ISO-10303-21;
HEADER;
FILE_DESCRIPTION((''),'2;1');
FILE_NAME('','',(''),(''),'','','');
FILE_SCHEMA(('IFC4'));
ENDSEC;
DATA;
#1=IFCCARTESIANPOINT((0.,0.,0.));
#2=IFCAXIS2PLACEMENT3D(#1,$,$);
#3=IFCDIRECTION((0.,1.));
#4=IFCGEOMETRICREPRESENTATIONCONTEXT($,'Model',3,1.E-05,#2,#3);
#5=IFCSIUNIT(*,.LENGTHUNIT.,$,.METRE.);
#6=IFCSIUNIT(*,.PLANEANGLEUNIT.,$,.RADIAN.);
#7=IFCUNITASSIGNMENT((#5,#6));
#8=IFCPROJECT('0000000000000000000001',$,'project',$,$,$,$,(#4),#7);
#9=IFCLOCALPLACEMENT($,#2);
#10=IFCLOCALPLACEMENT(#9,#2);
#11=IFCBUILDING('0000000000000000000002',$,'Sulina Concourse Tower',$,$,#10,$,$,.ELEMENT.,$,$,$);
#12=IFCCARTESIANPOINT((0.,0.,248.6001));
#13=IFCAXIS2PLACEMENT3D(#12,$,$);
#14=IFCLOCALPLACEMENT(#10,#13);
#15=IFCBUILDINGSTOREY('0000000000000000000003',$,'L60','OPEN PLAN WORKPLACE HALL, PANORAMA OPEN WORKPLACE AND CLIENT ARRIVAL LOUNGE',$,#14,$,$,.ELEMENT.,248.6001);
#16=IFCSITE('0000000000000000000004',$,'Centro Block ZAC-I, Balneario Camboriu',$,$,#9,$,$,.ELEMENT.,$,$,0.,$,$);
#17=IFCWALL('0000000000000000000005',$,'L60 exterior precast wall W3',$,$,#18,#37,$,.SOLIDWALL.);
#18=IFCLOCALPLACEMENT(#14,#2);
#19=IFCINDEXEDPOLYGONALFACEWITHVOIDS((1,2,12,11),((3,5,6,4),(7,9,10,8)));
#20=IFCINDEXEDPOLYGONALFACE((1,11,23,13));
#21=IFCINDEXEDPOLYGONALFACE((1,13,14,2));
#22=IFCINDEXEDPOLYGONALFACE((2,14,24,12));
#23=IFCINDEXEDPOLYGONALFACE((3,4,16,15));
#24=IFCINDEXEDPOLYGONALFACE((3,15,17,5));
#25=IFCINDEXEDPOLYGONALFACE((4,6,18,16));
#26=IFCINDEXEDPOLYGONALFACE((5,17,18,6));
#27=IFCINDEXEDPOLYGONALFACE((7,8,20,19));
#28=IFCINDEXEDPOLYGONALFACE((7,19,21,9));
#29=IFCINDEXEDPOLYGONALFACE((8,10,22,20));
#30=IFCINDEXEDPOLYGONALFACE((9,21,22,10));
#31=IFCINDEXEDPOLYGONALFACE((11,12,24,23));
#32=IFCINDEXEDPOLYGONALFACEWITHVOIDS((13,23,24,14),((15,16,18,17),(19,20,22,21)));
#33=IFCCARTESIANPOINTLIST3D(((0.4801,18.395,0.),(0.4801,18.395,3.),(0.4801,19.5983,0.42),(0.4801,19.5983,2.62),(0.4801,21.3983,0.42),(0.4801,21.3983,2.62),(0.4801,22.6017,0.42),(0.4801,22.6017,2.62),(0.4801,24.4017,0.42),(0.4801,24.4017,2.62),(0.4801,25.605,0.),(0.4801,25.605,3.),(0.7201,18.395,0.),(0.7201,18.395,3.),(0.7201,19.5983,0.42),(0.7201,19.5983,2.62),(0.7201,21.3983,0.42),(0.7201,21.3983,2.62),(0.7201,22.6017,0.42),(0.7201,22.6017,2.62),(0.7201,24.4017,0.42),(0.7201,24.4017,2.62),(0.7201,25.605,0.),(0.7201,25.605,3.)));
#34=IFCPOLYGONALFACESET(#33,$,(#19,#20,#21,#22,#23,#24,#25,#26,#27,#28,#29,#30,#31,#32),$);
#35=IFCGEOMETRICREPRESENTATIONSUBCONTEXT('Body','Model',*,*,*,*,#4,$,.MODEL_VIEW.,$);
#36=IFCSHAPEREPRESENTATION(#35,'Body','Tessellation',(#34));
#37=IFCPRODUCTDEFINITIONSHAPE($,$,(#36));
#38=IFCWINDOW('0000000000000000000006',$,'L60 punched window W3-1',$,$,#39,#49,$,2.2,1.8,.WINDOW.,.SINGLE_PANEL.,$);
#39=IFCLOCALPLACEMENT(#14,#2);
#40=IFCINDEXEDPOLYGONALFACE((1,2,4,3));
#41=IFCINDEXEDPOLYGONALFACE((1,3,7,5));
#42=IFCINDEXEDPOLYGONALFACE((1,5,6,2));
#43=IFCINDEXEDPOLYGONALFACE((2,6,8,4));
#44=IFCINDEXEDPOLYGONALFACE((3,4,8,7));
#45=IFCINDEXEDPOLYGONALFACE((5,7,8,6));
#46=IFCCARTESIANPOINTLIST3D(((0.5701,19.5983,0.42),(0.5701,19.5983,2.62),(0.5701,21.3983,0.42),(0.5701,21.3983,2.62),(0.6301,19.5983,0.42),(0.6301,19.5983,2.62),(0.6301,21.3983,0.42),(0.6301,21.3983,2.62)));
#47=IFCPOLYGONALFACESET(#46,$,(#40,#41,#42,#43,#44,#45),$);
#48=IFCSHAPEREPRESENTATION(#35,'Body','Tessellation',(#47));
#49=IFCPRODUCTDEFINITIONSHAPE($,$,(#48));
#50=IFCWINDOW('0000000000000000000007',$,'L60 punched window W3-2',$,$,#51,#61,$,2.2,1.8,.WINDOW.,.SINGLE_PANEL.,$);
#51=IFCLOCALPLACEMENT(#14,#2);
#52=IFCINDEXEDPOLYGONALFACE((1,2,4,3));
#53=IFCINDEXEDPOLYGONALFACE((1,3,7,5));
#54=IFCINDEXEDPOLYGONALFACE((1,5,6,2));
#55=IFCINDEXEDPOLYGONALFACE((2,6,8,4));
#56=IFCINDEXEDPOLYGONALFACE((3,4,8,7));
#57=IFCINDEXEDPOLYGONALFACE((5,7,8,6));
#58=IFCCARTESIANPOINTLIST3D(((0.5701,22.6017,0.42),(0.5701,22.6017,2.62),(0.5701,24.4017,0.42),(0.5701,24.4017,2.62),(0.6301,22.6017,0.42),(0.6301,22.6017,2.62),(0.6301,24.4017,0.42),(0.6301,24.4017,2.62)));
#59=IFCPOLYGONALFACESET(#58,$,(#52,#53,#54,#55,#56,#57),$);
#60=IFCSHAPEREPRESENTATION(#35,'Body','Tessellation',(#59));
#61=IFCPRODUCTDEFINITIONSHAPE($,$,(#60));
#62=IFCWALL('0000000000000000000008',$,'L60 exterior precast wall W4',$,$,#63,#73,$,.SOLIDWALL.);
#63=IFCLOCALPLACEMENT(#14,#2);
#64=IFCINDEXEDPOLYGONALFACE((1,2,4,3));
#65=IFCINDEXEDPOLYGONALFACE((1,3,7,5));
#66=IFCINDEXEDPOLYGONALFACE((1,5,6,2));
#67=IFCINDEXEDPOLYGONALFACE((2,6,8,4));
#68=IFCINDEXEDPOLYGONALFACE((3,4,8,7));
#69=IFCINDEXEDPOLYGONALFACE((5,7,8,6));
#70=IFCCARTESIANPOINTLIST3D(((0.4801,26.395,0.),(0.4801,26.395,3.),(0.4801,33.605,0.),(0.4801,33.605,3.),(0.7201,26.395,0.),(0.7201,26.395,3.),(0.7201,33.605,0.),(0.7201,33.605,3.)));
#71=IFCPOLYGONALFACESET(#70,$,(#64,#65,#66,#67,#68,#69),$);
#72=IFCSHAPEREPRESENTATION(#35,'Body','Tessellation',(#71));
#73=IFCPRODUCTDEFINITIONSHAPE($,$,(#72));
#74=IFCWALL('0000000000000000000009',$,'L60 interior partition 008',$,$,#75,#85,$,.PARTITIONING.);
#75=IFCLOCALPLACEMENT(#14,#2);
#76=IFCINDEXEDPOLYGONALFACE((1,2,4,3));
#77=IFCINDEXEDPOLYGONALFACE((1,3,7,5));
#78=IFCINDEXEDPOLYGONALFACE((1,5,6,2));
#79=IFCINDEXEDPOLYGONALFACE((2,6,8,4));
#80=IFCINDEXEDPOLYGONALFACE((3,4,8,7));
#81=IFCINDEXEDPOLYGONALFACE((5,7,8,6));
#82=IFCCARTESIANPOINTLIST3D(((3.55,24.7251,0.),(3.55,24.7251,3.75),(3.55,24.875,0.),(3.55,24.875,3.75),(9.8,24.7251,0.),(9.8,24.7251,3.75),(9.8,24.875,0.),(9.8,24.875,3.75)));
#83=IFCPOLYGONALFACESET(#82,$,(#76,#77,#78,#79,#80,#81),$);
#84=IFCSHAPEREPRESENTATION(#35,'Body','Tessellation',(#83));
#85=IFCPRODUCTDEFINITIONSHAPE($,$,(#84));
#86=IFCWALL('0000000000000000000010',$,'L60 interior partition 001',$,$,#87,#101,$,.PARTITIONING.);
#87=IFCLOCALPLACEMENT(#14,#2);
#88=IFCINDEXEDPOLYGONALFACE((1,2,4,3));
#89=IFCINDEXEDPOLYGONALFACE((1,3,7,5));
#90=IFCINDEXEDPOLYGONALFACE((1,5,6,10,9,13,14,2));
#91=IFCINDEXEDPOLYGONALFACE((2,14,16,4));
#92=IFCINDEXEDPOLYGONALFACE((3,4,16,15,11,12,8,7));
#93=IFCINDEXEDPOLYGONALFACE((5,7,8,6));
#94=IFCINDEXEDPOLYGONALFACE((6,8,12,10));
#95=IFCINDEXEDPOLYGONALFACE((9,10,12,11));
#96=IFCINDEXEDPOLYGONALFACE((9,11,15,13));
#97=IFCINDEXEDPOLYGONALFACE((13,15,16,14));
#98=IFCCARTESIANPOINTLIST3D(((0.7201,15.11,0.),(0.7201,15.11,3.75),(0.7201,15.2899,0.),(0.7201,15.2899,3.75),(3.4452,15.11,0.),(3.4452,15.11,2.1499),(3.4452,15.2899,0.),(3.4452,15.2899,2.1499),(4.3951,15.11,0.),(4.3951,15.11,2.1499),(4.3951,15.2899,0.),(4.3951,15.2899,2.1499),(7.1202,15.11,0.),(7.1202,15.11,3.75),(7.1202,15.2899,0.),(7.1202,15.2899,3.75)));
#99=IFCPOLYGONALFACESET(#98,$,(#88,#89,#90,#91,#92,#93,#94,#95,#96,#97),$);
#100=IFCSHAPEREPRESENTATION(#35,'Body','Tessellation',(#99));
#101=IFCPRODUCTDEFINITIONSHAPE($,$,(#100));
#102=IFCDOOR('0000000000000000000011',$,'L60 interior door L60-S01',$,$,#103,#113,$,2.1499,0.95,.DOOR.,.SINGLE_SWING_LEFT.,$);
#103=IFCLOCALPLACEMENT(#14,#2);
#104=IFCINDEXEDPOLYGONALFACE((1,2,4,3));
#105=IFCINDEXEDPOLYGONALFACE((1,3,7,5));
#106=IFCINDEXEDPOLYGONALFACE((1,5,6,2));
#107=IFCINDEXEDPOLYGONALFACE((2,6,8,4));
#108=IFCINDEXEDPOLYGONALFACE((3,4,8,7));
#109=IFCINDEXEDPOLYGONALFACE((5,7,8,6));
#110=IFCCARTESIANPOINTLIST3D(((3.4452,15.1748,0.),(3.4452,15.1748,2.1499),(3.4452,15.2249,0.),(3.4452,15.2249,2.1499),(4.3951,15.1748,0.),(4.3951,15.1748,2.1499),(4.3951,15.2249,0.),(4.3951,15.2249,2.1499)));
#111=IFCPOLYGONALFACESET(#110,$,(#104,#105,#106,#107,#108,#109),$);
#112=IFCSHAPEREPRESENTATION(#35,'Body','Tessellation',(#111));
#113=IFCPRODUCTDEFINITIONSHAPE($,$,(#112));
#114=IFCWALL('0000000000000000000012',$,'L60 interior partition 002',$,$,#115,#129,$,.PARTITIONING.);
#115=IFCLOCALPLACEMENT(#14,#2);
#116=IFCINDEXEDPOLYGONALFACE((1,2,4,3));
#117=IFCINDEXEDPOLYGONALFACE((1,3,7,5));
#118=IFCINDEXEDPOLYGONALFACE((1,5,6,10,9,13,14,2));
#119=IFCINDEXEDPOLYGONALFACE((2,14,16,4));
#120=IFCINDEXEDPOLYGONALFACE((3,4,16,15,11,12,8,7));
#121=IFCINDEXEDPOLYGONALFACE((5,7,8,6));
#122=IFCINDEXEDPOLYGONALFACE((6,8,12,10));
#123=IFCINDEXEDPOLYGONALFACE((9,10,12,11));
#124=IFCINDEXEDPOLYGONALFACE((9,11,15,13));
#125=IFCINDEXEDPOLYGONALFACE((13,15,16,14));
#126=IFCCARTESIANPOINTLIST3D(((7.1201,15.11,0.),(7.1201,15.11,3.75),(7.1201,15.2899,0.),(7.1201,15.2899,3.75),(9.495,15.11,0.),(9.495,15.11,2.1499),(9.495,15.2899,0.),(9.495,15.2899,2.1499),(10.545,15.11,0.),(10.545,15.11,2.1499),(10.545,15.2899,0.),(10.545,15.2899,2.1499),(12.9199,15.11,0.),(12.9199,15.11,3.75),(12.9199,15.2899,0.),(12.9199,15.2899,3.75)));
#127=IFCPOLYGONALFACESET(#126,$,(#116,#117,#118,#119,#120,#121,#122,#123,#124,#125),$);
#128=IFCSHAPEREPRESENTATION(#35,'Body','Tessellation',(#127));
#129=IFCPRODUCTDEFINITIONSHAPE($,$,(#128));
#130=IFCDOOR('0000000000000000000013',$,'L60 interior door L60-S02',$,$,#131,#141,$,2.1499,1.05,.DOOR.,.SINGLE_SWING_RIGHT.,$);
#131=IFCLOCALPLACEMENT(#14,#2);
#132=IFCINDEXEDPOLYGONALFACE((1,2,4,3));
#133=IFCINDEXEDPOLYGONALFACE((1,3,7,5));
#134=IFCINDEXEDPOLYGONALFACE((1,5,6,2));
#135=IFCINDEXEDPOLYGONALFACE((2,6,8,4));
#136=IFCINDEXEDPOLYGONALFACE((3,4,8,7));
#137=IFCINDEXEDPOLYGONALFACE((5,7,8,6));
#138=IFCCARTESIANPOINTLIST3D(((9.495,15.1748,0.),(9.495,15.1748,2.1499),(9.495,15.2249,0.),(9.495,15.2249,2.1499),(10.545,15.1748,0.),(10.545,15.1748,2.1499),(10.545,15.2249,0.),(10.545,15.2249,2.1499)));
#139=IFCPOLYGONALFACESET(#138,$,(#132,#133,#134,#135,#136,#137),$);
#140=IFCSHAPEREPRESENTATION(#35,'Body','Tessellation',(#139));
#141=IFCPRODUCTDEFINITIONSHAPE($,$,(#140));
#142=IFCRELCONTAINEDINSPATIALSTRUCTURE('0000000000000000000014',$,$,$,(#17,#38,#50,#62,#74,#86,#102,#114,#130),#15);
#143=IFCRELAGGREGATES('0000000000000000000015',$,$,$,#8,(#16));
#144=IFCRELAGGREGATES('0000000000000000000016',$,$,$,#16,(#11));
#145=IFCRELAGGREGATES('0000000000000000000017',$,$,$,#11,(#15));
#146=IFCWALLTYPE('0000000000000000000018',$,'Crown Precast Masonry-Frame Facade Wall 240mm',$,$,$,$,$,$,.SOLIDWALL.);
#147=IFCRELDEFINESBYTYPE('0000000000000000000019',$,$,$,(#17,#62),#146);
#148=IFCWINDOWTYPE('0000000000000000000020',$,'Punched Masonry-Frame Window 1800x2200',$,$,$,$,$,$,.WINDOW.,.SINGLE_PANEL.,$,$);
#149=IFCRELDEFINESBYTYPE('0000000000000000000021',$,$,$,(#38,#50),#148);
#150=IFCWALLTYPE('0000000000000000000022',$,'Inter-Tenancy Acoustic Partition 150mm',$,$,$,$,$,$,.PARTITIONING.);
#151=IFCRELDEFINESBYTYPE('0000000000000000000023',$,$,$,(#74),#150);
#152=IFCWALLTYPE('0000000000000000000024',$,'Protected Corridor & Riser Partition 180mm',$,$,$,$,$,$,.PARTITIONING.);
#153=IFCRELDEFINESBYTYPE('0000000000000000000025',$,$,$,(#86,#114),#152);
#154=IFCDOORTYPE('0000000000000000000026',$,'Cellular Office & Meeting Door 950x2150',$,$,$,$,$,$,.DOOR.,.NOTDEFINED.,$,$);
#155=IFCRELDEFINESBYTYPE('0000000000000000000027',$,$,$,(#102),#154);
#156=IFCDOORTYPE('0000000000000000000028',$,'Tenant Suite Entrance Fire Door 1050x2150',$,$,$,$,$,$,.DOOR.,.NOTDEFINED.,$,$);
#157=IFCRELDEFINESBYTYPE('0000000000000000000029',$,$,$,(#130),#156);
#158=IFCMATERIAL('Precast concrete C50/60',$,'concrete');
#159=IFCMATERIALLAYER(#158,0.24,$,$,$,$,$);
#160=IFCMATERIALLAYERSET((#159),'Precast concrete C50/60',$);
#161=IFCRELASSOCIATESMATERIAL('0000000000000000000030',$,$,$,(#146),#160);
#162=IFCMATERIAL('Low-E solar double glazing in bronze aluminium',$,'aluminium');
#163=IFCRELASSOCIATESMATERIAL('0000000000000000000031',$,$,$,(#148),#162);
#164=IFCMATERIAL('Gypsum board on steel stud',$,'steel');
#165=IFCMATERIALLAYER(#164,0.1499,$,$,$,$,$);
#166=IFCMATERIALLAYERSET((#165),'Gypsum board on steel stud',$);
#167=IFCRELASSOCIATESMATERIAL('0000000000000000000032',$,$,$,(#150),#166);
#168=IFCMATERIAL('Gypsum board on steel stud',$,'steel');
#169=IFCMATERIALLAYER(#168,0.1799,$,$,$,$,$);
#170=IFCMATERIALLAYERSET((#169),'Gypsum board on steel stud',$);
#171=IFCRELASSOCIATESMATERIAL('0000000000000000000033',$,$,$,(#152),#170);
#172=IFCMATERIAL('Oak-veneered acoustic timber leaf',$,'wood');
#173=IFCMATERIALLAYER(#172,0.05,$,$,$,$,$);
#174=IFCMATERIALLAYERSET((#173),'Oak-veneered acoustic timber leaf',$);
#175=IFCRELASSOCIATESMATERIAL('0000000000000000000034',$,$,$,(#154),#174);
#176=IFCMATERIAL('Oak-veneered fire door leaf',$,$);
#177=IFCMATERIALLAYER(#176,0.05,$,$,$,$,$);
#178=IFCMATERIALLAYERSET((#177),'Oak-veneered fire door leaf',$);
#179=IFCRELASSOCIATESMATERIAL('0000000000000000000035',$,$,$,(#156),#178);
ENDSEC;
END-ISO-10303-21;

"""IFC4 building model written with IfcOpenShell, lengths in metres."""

from ifc_helpers import new_model, si_unit, direction, frame, frame_2d, origin, place, context, subcontext, project, spatial, rectangle, extrude, material, layer, layer_set, type_object, element, fill, save


model = new_model("IFC4")

# Units and contexts
model_context = context("Model", 3, precision=1e-05, world=origin(), true_north=direction((0.0, 1.0)))
body_context = subcontext(model_context, "Body", "Model", "MODEL_VIEW")
ifc_project = project(units=[si_unit("LENGTHUNIT", "METRE"), si_unit("PLANEANGLEUNIT", "RADIAN")], contexts=[model_context])

# Site, building, storey
site_placement = place(None, origin())
site = spatial("IfcSite", under=ifc_project, at=site_placement, Name="Centro Block ZAC-I, Balneario Camboriu", CompositionType="ELEMENT", RefElevation=0.0)
building_placement = place(site_placement, origin())
building = spatial("IfcBuilding", under=site, at=building_placement, Name="Sulina Concourse Tower", CompositionType="ELEMENT")
storey_placement = place(building_placement, frame((0.0, 0.0, 248.6001)))
storey = spatial("IfcBuildingStorey", under=building, at=storey_placement, Name="L60", Description="OPEN PLAN WORKPLACE HALL, PANORAMA OPEN WORKPLACE AND CLIENT ARRIVAL LOUNGE", CompositionType="ELEMENT", Elevation=248.6001)

# Wall, openings, windows
ifc_material_1 = material(Name="Precast concrete C50/60", Category="concrete")
ifc_layer_1 = layer(ifc_material_1, 0.24)
ifc_layer_set_1 = layer_set([ifc_layer_1], Name="Precast concrete C50/60")
wall_type_1 = type_object("IfcWallType", Name="Crown Precast Masonry-Frame Facade Wall 240mm", PredefinedType="SOLIDWALL", material=ifc_layer_set_1)
wall_1_placement = place(storey_placement, frame((0.6001, 18.395, 0.0), z_axis=(0.0, 0.0, 1.0), x_axis=(0.0, 1.0, 0.0)))
wall_1 = element("IfcWall", 1, at=wall_1_placement, inside=storey, type_object=wall_type_1, Name="L60 exterior precast wall W3", PredefinedType="SOLIDWALL", context=body_context, shape_type="SweptSolid", body=[
    extrude(rectangle(XDim=7.21, YDim=0.24, at=frame_2d((3.605, 0.0))), origin(), (0.0, 0.0, 1.0), 3.0),
])
opening_1_placement = place(wall_1_placement, frame((1.2034, 0.0, 0.4199)))
opening_1 = element("IfcOpeningElement", 2, at=opening_1_placement, cuts=wall_1, PredefinedType="OPENING", context=body_context, shape_type="SweptSolid", body=[
    extrude(rectangle(XDim=1.8, YDim=2.2, at=frame_2d((0.8999, 1.1001))), frame((0.0, 0.1299, 0.0), z_axis=(0.0, -1.0, 0.0), x_axis=(1.0, 0.0, 0.0)), (0.0, 0.0, 1.0), 0.26),
])
opening_2_placement = place(wall_1_placement, frame((4.2068, 0.0, 0.4199)))
opening_2 = element("IfcOpeningElement", 3, at=opening_2_placement, cuts=wall_1, PredefinedType="OPENING", context=body_context, shape_type="SweptSolid", body=[
    extrude(rectangle(XDim=1.8, YDim=2.2, at=frame_2d((0.8999, 1.1001))), frame((0.0, 0.1299, 0.0), z_axis=(0.0, -1.0, 0.0), x_axis=(1.0, 0.0, 0.0)), (0.0, 0.0, 1.0), 0.26),
])
ifc_material_2 = material(Name="Low-E solar double glazing in bronze aluminium", Category="aluminium")
window_type = type_object("IfcWindowType", Name="Punched Masonry-Frame Window 1800x2200", PartitioningType="SINGLE_PANEL", PredefinedType="WINDOW", material=ifc_material_2)
window_1_placement = place(opening_1_placement, origin())
window_1 = element("IfcWindow", 4, at=window_1_placement, inside=storey, type_object=window_type, Name="L60 punched window W3-1", OverallHeight=2.2, OverallWidth=1.8, PartitioningType="SINGLE_PANEL", PredefinedType="WINDOW", context=body_context, shape_type="SweptSolid", body=[
    extrude(rectangle(XDim=1.8, YDim=2.2, at=frame_2d((0.8999, 1.1001))), frame((0.0, 0.03, 0.0), z_axis=(0.0, -1.0, 0.0), x_axis=(1.0, 0.0, 0.0)), (0.0, 0.0, 1.0), 0.0601),
])
fill(opening_1, window_1)
window_2_placement = place(opening_2_placement, origin())
window_2 = element("IfcWindow", 5, at=window_2_placement, inside=storey, type_object=window_type, Name="L60 punched window W3-2", OverallHeight=2.2, OverallWidth=1.8, PartitioningType="SINGLE_PANEL", PredefinedType="WINDOW", context=body_context, shape_type="SweptSolid", body=[
    extrude(rectangle(XDim=1.8, YDim=2.2, at=frame_2d((0.8999, 1.1001))), frame((0.0, 0.03, 0.0), z_axis=(0.0, -1.0, 0.0), x_axis=(1.0, 0.0, 0.0)), (0.0, 0.0, 1.0), 0.0601),
])
fill(opening_2, window_2)

# Walls
wall_2_placement = place(storey_placement, frame((0.6001, 26.395, 0.0), z_axis=(0.0, 0.0, 1.0), x_axis=(0.0, 1.0, 0.0)))
element("IfcWall", 6, at=wall_2_placement, inside=storey, type_object=wall_type_1, Name="L60 exterior precast wall W4", PredefinedType="SOLIDWALL", context=body_context, shape_type="SweptSolid", body=[
    extrude(rectangle(XDim=7.21, YDim=0.24, at=frame_2d((3.605, 0.0))), origin(), (0.0, 0.0, 1.0), 3.0),
])
ifc_material_3 = material(Name="Gypsum board on steel stud", Category="steel")
ifc_layer_2 = layer(ifc_material_3, 0.1499)
ifc_layer_set_2 = layer_set([ifc_layer_2], Name="Gypsum board on steel stud")
wall_type_2 = type_object("IfcWallType", Name="Inter-Tenancy Acoustic Partition 150mm", PredefinedType="PARTITIONING", material=ifc_layer_set_2)
wall_3_placement = place(storey_placement, frame((3.55, 24.8, 0.0), z_axis=(0.0, 0.0, 1.0), x_axis=(1.0, 0.0, 0.0)))
element("IfcWall", 7, at=wall_3_placement, inside=storey, type_object=wall_type_2, Name="L60 interior partition 008", PredefinedType="PARTITIONING", context=body_context, shape_type="SweptSolid", body=[
    extrude(rectangle(XDim=6.25, YDim=0.1499, at=frame_2d((3.125, 0.0))), origin(), (0.0, 0.0, 1.0), 3.75),
])

# Walls, openings, doors
ifc_material_4 = material(Name="Gypsum board on steel stud", Category="steel")
ifc_layer_3 = layer(ifc_material_4, 0.1799)
ifc_layer_set_3 = layer_set([ifc_layer_3], Name="Gypsum board on steel stud")
wall_type_3 = type_object("IfcWallType", Name="Protected Corridor & Riser Partition 180mm", PredefinedType="PARTITIONING", material=ifc_layer_set_3)
wall_4_placement = place(storey_placement, frame((0.72, 15.2, 0.0), z_axis=(0.0, 0.0, 1.0), x_axis=(1.0, 0.0, 0.0)))
wall_4 = element("IfcWall", 8, at=wall_4_placement, inside=storey, type_object=wall_type_3, Name="L60 interior partition 001", PredefinedType="PARTITIONING", context=body_context, shape_type="SweptSolid", body=[
    extrude(rectangle(XDim=6.4001, YDim=0.1799, at=frame_2d((3.2002, 0.0))), origin(), (0.0, 0.0, 1.0), 3.75),
])
opening_3_placement = place(wall_4_placement, frame((2.7251, 0.0, 0.0)))
opening_3 = element("IfcOpeningElement", 9, at=opening_3_placement, cuts=wall_4, PredefinedType="OPENING", context=body_context, shape_type="SweptSolid", body=[
    extrude(rectangle(XDim=0.95, YDim=2.1499, at=frame_2d((0.4751, 1.075))), frame((0.0, 0.0999, 0.0), z_axis=(0.0, -1.0, 0.0), x_axis=(1.0, 0.0, 0.0)), (0.0, 0.0, 1.0), 0.2),
])
ifc_material_5 = material(Name="Oak-veneered acoustic timber leaf", Category="wood")
ifc_layer_4 = layer(ifc_material_5, 0.05)
ifc_layer_set_4 = layer_set([ifc_layer_4], Name="Oak-veneered acoustic timber leaf")
door_type_1 = type_object("IfcDoorType", Name="Cellular Office & Meeting Door 950x2150", OperationType="NOTDEFINED", PredefinedType="DOOR", material=ifc_layer_set_4)
door_1_placement = place(opening_3_placement, origin())
door_1 = element("IfcDoor", 10, at=door_1_placement, inside=storey, type_object=door_type_1, Name="L60 interior door L60-S01", OperationType="SINGLE_SWING_LEFT", OverallHeight=2.1499, OverallWidth=0.95, PredefinedType="DOOR", context=body_context, shape_type="SweptSolid", body=[
    extrude(rectangle(XDim=0.95, YDim=2.1499, at=frame_2d((0.4751, 1.075))), frame((0.0, 0.0249, 0.0), z_axis=(0.0, -1.0, 0.0), x_axis=(1.0, 0.0, 0.0)), (0.0, 0.0, 1.0), 0.05),
])
fill(opening_3, door_1)
wall_5_placement = place(storey_placement, frame((7.1201, 15.2, 0.0), z_axis=(0.0, 0.0, 1.0), x_axis=(1.0, 0.0, 0.0)))
wall_5 = element("IfcWall", 11, at=wall_5_placement, inside=storey, type_object=wall_type_3, Name="L60 interior partition 002", PredefinedType="PARTITIONING", context=body_context, shape_type="SweptSolid", body=[
    extrude(rectangle(XDim=5.7998, YDim=0.1799, at=frame_2d((2.8999, 0.0))), origin(), (0.0, 0.0, 1.0), 3.75),
])
opening_4_placement = place(wall_5_placement, frame((2.375, 0.0, 0.0)))
opening_4 = element("IfcOpeningElement", 12, at=opening_4_placement, cuts=wall_5, PredefinedType="OPENING", context=body_context, shape_type="SweptSolid", body=[
    extrude(rectangle(XDim=1.05, YDim=2.1499, at=frame_2d((0.5249, 1.075))), frame((0.0, 0.0999, 0.0), z_axis=(0.0, -1.0, 0.0), x_axis=(1.0, 0.0, 0.0)), (0.0, 0.0, 1.0), 0.2),
])
ifc_material_6 = material(Name="Oak-veneered fire door leaf")
ifc_layer_5 = layer(ifc_material_6, 0.05)
ifc_layer_set_5 = layer_set([ifc_layer_5], Name="Oak-veneered fire door leaf")
door_type_2 = type_object("IfcDoorType", Name="Tenant Suite Entrance Fire Door 1050x2150", OperationType="NOTDEFINED", PredefinedType="DOOR", material=ifc_layer_set_5)
door_2_placement = place(opening_4_placement, origin())
door_2 = element("IfcDoor", 13, at=door_2_placement, inside=storey, type_object=door_type_2, Name="L60 interior door L60-S02", OperationType="SINGLE_SWING_RIGHT", OverallHeight=2.1499, OverallWidth=1.05, PredefinedType="DOOR", context=body_context, shape_type="SweptSolid", body=[
    extrude(rectangle(XDim=1.05, YDim=2.1499, at=frame_2d((0.5249, 1.075))), frame((0.0, 0.0249, 0.0), z_axis=(0.0, -1.0, 0.0), x_axis=(1.0, 0.0, 0.0)), (0.0, 0.0, 1.0), 0.05),
])
fill(opening_4, door_2)

save(model, "model.ifc")
